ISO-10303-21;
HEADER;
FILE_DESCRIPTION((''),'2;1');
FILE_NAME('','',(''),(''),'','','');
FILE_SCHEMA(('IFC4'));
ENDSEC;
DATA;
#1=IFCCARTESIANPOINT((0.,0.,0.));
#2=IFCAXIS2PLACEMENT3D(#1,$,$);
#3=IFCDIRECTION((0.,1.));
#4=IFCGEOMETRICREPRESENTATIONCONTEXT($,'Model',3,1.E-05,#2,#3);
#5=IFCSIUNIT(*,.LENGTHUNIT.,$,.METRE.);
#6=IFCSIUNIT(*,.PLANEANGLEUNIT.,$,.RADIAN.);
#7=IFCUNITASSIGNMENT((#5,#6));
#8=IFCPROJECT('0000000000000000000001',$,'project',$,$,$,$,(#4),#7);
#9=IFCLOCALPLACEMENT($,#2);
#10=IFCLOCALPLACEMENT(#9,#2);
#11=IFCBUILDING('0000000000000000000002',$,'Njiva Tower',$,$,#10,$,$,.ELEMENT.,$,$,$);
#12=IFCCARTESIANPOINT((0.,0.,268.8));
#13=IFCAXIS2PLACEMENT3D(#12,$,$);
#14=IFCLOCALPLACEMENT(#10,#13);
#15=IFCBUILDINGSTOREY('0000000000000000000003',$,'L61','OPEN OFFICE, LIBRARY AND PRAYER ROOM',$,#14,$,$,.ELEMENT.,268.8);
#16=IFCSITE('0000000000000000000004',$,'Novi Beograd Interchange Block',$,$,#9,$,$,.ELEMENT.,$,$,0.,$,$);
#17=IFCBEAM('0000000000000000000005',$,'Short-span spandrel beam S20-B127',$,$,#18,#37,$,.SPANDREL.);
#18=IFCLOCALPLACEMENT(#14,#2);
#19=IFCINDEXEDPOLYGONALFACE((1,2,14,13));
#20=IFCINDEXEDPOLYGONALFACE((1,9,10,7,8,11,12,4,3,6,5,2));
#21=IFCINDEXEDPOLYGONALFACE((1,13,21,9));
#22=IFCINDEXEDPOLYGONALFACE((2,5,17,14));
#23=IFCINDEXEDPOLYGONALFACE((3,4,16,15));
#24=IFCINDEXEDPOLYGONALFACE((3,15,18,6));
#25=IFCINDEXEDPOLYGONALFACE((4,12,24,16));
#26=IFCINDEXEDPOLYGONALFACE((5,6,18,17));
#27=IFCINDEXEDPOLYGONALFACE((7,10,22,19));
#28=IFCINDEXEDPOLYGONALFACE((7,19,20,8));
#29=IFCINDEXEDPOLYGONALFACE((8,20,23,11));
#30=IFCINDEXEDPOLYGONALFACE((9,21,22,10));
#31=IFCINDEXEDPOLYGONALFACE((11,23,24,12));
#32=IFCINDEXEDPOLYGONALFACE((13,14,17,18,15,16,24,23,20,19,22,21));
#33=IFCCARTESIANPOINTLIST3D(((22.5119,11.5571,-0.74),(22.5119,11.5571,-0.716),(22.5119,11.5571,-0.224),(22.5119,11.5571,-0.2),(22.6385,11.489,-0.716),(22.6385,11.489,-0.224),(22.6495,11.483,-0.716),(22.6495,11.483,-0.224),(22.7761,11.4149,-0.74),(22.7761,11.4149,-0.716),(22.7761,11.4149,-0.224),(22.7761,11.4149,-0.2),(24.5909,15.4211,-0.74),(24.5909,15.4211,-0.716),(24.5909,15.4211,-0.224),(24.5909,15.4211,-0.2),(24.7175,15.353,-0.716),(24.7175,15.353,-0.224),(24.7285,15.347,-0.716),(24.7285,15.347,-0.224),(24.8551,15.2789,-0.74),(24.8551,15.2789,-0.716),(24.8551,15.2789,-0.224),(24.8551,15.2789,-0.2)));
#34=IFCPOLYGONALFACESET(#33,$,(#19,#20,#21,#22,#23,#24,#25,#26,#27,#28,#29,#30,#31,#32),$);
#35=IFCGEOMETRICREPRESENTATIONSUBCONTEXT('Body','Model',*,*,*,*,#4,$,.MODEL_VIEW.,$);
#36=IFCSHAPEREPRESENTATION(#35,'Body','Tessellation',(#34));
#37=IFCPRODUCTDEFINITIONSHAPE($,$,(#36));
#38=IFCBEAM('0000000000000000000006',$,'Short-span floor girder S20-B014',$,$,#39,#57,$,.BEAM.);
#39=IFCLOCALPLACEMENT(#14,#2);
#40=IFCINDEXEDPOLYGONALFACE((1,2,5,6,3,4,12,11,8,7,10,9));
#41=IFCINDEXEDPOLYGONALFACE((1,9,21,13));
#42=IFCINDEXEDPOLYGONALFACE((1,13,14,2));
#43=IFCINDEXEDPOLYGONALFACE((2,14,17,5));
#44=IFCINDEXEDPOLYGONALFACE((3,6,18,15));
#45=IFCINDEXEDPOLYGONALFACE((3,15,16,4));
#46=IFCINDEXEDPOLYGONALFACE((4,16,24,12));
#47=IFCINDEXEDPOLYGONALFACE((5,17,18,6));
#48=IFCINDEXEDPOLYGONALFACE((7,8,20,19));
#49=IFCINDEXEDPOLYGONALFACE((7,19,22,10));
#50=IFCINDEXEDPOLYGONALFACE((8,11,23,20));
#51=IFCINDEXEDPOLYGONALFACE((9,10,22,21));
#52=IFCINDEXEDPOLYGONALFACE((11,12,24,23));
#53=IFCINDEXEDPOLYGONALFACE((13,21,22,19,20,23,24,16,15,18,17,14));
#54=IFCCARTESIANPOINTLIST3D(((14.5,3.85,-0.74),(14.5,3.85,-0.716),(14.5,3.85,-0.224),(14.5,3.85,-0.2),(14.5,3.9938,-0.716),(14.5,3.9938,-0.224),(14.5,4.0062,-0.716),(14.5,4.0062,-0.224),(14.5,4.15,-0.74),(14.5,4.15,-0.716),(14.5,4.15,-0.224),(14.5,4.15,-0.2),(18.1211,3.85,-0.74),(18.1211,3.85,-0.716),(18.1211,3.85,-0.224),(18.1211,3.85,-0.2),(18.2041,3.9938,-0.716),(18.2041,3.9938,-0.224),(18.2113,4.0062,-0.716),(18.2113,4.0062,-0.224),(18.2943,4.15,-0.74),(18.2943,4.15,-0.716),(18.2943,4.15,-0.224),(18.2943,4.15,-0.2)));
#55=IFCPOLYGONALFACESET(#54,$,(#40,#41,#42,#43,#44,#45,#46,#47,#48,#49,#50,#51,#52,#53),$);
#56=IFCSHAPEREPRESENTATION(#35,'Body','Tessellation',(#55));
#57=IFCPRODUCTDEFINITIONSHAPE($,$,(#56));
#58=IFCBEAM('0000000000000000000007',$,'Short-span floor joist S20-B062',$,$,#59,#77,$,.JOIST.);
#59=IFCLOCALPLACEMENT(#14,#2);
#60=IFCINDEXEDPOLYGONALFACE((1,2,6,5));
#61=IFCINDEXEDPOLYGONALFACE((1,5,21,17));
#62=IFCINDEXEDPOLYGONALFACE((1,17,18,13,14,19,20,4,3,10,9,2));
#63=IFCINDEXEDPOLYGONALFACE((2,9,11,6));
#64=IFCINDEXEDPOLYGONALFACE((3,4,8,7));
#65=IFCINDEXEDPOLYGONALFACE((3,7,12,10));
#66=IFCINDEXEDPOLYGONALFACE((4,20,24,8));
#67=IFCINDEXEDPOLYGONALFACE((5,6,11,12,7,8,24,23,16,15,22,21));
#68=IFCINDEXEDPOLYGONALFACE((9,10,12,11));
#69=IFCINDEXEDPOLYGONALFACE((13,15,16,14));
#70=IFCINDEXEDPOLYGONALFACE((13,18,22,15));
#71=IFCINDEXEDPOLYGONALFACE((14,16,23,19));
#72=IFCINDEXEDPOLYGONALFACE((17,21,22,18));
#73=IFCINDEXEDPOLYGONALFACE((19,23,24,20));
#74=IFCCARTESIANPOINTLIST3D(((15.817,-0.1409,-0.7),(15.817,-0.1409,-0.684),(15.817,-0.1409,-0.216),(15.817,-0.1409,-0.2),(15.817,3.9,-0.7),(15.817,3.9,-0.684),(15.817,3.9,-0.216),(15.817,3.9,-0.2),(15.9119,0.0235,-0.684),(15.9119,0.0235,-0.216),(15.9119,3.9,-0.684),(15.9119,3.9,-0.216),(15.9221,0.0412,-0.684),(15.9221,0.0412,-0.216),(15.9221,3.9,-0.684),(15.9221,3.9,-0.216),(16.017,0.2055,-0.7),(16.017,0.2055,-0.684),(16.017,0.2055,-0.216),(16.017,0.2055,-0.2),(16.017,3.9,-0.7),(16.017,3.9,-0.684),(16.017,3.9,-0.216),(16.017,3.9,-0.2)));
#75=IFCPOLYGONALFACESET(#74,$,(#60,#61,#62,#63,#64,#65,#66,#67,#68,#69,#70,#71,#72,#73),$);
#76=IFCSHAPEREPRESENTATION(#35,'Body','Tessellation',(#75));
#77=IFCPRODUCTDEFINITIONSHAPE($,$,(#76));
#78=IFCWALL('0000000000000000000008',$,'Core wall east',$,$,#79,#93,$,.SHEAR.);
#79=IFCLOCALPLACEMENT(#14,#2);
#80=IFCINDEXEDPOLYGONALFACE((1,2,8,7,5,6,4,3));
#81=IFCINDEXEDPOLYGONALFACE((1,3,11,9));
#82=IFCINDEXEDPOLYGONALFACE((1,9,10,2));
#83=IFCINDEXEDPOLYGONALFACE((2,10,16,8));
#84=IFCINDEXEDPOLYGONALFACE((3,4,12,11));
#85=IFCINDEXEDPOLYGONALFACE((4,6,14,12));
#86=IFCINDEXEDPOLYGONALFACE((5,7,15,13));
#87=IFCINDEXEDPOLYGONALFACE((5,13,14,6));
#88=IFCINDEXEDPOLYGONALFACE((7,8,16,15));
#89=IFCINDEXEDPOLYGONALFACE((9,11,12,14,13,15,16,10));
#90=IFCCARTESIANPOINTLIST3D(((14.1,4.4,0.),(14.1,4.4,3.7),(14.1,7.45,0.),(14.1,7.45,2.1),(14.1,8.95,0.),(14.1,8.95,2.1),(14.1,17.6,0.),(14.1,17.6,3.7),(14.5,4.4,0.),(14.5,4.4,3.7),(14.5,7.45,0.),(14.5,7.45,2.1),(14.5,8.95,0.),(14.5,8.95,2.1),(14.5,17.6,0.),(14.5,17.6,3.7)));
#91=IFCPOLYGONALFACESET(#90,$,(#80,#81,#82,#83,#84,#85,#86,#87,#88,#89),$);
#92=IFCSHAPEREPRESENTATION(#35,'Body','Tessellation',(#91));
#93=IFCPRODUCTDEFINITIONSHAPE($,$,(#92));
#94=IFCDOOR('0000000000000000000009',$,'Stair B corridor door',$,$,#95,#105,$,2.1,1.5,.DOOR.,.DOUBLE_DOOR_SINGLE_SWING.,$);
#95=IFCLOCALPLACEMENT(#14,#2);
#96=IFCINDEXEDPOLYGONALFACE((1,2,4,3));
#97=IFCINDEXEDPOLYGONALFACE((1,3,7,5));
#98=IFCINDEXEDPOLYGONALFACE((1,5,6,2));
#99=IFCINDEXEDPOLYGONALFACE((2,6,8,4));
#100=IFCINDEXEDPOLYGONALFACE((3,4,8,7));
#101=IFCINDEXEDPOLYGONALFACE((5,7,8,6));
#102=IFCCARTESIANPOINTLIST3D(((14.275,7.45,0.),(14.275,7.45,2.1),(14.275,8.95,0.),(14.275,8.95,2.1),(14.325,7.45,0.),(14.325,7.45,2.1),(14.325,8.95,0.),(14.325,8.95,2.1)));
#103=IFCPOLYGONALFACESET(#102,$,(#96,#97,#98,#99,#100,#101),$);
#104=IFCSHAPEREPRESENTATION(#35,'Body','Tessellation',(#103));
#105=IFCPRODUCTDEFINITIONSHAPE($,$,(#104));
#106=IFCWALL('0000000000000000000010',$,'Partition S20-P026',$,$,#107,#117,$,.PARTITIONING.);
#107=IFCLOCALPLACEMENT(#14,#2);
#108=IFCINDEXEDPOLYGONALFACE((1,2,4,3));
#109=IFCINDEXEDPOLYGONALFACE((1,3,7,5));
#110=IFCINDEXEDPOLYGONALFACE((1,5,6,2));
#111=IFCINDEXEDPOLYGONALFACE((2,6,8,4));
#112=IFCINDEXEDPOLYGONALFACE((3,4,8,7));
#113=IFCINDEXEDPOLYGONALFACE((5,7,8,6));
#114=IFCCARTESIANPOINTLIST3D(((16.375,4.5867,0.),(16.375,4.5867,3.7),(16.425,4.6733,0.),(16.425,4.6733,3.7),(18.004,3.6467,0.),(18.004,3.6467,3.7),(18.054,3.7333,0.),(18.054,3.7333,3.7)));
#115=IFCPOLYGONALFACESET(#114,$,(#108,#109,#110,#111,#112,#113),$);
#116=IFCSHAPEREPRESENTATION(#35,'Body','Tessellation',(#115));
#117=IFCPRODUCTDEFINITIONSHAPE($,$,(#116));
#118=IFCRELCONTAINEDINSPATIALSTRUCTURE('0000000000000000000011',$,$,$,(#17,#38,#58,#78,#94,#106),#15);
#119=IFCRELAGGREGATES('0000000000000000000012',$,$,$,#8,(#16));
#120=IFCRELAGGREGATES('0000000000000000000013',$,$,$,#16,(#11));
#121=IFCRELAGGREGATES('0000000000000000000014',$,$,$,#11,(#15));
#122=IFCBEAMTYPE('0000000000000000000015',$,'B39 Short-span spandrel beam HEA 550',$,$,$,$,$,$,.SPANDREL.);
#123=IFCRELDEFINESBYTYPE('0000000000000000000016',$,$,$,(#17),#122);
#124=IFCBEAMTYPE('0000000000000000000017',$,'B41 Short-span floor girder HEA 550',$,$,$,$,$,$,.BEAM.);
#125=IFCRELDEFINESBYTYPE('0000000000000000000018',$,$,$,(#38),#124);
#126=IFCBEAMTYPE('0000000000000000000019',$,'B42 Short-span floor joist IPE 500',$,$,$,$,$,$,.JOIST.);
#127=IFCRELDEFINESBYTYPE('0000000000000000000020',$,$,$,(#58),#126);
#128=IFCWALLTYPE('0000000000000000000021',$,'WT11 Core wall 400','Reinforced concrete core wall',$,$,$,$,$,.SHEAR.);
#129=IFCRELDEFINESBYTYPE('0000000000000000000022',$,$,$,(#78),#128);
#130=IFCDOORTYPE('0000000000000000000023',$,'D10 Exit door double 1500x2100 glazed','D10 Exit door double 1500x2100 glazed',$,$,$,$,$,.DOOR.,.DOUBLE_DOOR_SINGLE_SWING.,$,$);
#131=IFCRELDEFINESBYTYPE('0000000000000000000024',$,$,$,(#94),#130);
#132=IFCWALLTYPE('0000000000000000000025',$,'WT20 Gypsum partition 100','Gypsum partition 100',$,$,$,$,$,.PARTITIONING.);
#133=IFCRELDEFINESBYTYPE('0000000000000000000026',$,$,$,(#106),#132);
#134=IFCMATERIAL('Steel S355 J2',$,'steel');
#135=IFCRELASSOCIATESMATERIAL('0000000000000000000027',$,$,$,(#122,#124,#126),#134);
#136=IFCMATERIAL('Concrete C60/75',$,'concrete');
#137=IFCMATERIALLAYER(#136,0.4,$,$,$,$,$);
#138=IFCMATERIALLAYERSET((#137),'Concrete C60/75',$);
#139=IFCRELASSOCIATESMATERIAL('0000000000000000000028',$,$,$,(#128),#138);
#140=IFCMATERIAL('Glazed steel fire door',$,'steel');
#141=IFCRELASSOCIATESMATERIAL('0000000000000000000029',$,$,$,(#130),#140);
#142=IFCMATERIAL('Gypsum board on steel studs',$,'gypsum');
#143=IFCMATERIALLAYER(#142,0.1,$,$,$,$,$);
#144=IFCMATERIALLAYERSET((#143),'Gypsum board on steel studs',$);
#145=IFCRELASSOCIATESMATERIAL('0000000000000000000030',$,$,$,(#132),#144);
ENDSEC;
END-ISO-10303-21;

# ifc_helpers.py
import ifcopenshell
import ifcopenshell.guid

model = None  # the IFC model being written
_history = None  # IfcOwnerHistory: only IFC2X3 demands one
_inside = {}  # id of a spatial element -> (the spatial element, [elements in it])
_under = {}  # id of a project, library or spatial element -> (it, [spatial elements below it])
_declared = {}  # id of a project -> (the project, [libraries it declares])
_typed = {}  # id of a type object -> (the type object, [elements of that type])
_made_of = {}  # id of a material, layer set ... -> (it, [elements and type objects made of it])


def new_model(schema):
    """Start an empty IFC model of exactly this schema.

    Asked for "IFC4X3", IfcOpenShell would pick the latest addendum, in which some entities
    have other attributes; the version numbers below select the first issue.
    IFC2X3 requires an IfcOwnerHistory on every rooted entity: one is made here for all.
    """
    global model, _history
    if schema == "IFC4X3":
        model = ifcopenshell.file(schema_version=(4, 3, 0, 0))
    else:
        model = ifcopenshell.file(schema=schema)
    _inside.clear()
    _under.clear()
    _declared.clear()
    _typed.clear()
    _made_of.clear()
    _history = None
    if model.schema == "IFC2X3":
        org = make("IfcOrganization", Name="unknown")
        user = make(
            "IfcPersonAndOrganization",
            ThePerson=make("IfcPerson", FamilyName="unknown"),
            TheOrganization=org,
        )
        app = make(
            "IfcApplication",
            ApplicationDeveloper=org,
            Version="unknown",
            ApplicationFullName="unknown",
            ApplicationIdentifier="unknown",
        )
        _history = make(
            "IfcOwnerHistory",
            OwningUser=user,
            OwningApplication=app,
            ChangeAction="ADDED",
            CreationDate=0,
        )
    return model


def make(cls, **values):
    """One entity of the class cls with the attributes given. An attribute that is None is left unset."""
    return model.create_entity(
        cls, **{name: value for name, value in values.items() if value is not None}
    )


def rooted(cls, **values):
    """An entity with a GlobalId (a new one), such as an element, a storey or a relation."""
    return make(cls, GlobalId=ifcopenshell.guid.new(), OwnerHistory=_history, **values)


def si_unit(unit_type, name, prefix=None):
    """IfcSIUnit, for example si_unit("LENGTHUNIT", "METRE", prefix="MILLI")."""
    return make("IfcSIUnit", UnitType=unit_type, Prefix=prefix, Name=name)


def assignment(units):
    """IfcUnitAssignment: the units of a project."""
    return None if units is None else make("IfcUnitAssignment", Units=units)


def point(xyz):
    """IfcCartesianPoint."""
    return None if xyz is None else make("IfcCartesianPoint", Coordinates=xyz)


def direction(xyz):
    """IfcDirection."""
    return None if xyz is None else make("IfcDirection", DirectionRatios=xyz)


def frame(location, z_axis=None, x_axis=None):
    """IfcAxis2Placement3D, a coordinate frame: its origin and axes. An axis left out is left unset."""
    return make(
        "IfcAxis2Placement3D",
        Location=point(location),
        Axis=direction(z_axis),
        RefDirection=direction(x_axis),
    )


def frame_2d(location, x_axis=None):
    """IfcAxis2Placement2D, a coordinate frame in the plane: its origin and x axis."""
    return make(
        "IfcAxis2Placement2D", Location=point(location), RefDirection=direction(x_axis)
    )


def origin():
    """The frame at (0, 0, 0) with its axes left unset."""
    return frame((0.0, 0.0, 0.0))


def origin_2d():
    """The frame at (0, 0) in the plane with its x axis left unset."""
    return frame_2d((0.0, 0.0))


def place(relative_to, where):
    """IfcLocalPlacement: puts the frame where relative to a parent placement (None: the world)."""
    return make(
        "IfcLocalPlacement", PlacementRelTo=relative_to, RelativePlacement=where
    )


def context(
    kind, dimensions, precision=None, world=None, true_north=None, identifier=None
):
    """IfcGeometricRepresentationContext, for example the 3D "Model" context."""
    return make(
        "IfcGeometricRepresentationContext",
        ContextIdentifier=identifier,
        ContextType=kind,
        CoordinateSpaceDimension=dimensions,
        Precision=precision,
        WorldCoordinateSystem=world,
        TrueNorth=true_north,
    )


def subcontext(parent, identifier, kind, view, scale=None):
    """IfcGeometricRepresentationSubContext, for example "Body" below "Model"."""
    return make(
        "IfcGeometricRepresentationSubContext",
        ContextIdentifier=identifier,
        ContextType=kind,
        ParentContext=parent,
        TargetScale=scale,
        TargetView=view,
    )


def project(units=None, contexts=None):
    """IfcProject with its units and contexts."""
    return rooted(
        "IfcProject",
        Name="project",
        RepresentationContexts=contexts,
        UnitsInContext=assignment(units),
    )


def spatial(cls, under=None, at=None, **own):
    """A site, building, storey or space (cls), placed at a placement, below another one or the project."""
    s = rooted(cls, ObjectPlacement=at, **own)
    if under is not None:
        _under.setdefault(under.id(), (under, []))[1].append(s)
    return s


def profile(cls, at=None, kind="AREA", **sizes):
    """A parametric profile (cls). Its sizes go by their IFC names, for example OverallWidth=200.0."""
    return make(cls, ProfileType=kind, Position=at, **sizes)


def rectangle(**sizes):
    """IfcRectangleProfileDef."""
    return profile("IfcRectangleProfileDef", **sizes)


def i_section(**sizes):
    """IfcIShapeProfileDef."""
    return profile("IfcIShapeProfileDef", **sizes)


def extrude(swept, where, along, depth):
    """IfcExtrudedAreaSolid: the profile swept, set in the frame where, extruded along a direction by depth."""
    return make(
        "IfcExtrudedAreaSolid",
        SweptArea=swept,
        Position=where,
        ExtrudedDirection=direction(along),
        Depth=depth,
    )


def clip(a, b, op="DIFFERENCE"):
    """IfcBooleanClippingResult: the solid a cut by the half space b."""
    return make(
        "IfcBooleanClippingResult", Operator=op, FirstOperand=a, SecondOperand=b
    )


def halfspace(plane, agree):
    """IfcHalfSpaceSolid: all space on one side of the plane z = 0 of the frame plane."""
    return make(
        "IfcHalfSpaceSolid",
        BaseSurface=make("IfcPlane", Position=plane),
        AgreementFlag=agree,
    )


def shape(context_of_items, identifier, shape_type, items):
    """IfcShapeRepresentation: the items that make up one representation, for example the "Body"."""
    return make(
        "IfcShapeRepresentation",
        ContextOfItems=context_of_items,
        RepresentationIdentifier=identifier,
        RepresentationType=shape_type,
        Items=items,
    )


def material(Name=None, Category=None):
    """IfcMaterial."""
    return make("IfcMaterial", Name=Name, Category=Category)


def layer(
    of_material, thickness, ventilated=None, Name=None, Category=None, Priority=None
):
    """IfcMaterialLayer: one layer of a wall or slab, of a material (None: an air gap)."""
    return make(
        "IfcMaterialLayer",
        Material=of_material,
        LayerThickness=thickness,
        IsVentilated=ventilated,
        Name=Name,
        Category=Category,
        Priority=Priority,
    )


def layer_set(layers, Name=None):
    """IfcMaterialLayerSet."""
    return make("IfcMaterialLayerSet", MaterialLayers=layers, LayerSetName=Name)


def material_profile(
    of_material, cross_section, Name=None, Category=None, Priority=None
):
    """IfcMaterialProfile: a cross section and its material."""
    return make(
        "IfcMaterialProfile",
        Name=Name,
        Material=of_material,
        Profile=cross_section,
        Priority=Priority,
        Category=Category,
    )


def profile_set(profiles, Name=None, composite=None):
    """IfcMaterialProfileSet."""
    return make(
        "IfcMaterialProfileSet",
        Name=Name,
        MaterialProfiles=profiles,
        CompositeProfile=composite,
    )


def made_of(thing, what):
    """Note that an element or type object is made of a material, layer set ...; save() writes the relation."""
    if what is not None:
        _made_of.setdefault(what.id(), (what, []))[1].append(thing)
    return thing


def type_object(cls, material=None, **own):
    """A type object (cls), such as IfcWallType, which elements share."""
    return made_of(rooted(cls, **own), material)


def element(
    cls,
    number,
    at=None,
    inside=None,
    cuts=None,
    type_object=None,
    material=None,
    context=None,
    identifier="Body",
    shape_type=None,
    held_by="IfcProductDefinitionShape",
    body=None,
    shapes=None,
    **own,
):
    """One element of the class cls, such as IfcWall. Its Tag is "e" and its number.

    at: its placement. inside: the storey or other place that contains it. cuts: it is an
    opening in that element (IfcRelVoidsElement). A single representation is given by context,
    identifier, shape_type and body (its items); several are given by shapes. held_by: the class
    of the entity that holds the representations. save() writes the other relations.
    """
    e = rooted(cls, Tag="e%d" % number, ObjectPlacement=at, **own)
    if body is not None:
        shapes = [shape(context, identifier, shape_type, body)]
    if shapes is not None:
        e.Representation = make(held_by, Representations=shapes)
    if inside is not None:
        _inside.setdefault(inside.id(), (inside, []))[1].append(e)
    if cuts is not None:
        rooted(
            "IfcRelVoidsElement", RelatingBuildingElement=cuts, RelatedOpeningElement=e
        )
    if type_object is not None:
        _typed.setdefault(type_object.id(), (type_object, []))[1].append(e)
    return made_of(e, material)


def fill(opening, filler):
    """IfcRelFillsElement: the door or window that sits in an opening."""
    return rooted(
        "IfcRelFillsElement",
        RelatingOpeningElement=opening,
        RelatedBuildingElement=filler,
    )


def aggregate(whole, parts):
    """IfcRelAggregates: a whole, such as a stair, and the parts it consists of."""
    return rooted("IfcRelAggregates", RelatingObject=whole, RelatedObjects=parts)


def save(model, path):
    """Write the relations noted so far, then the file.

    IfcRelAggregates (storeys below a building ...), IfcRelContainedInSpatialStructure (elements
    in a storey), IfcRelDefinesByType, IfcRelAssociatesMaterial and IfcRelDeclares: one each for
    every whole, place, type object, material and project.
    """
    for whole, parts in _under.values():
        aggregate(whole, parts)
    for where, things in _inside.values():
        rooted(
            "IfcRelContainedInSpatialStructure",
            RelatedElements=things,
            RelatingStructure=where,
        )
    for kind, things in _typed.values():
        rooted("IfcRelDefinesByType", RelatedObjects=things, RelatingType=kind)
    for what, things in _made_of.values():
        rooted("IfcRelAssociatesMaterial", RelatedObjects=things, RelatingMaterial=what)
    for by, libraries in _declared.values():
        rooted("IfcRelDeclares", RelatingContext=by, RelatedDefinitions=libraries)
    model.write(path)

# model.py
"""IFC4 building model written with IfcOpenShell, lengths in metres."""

from ifc_helpers import new_model, si_unit, direction, frame, frame_2d, origin, origin_2d, place, context, subcontext, project, spatial, rectangle, i_section, extrude, clip, halfspace, material, layer, layer_set, material_profile, profile_set, type_object, element, fill, save


model = new_model("IFC4")

# Units and contexts
model_context = context("Model", 3, precision=1e-05, world=origin(), true_north=direction((0.0, 1.0)))
body_context = subcontext(model_context, "Body", "Model", "MODEL_VIEW")
ifc_project = project(units=[si_unit("LENGTHUNIT", "METRE"), si_unit("PLANEANGLEUNIT", "RADIAN")], contexts=[model_context])

# Site, building, storey
site_placement = place(None, origin())
site = spatial("IfcSite", under=ifc_project, at=site_placement, Name="Novi Beograd Interchange Block", CompositionType="ELEMENT", RefElevation=0.0)
building_placement = place(site_placement, origin())
building = spatial("IfcBuilding", under=site, at=building_placement, Name="Njiva Tower", CompositionType="ELEMENT")
storey_placement = place(building_placement, frame((0.0, 0.0, 268.8)))
storey = spatial("IfcBuildingStorey", under=building, at=storey_placement, Name="L61", Description="OPEN OFFICE, LIBRARY AND PRAYER ROOM", CompositionType="ELEMENT", Elevation=268.8)

# Shared definitions
ifc_material_1 = material(Name="Steel S355 J2", Category="steel")

# Beams
ifc_material_profile_1 = material_profile(ifc_material_1, i_section(OverallWidth=0.3, OverallDepth=0.54, WebThickness=0.0125, FlangeThickness=0.024, at=origin_2d()), Name="HEA 550")
ifc_profile_set_1 = profile_set([ifc_material_profile_1], Name="Steel S355 J2")
beam_type_1 = type_object("IfcBeamType", Name="B39 Short-span spandrel beam HEA 550", PredefinedType="SPANDREL", material=ifc_profile_set_1)
beam_1_placement = place(storey_placement, frame((22.644, 11.486, -0.47), z_axis=(0.473814, 0.880625, 0.0), x_axis=(-0.880625, 0.473814, 0.0)))
element("IfcBeam", 1, at=beam_1_placement, inside=storey, type_object=beam_type_1, Name="Short-span spandrel beam S20-B127", PredefinedType="SPANDREL", context=body_context, shape_type="SweptSolid", body=[
    extrude(i_section(OverallWidth=0.3, OverallDepth=0.54, WebThickness=0.0125, FlangeThickness=0.024, at=origin_2d()), origin(), (0.0, 0.0, 1.0), 4.3878),
])
ifc_material_profile_2 = material_profile(ifc_material_1, i_section(OverallWidth=0.3, OverallDepth=0.54, WebThickness=0.0125, FlangeThickness=0.024, at=origin_2d()), Name="HEA 550")
ifc_profile_set_2 = profile_set([ifc_material_profile_2], Name="Steel S355 J2")
beam_type_2 = type_object("IfcBeamType", Name="B41 Short-span floor girder HEA 550", PredefinedType="BEAM", material=ifc_profile_set_2)
beam_2_placement = place(storey_placement, frame((14.5, 4.0, -0.47), z_axis=(1.0, 0.0, 0.0), x_axis=(0.0, 1.0, 0.0)))
element("IfcBeam", 2, at=beam_2_placement, inside=storey, type_object=beam_type_2, Name="Short-span floor girder S20-B014", PredefinedType="BEAM", context=body_context, shape_type="Clipping", body=[
    clip(extrude(i_section(OverallWidth=0.3, OverallDepth=0.54, WebThickness=0.0125, FlangeThickness=0.024, at=origin_2d()), origin(), (0.0, 0.0, 1.0), 3.815), halfspace(frame((-0.025, 0.0, 3.6933), z_axis=(-0.499998, 0.0, 0.866027), x_axis=(0.0, 1.0, 0.0)), False)),
])
ifc_material_profile_3 = material_profile(ifc_material_1, i_section(OverallWidth=0.2, OverallDepth=0.5, WebThickness=0.0102, FlangeThickness=0.016, at=origin_2d()), Name="IPE 500")
ifc_profile_set_3 = profile_set([ifc_material_profile_3], Name="Steel S355 J2")
beam_type_3 = type_object("IfcBeamType", Name="B42 Short-span floor joist IPE 500", PredefinedType="JOIST", material=ifc_profile_set_3)
beam_3_placement = place(storey_placement, frame((15.917, 3.9, -0.45), z_axis=(0.0, -1.0, 0.0), x_axis=(1.0, 0.0, 0.0)))
element("IfcBeam", 3, at=beam_3_placement, inside=storey, type_object=beam_type_3, Name="Short-span floor joist S20-B062", PredefinedType="JOIST", context=body_context, shape_type="Clipping", body=[
    clip(extrude(i_section(OverallWidth=0.2, OverallDepth=0.5, WebThickness=0.0102, FlangeThickness=0.016, at=origin_2d()), origin(), (0.0, 0.0, 1.0), 4.061), halfspace(frame((0.043, 0.0, 3.7932), z_axis=(0.866027, 0.0, 0.499998), x_axis=(0.0, 1.0, 0.0)), False)),
])

# Wall, opening, door
ifc_material_2 = material(Name="Concrete C60/75", Category="concrete")
ifc_layer_1 = layer(ifc_material_2, 0.4)
ifc_layer_set_1 = layer_set([ifc_layer_1], Name="Concrete C60/75")
wall_type_1 = type_object("IfcWallType", Name="WT11 Core wall 400", Description="Reinforced concrete core wall", PredefinedType="SHEAR", material=ifc_layer_set_1)
wall_1_placement = place(storey_placement, frame((14.3, 4.4, 0.0), z_axis=(0.0, 0.0, 1.0), x_axis=(0.0, 1.0, 0.0)))
wall_1 = element("IfcWall", 4, at=wall_1_placement, inside=storey, type_object=wall_type_1, Name="Core wall east", PredefinedType="SHEAR", context=body_context, shape_type="SweptSolid", body=[
    extrude(rectangle(XDim=13.2, YDim=0.4, at=frame_2d((6.6, 0.0))), origin(), (0.0, 0.0, 1.0), 3.7),
])
opening_placement = place(wall_1_placement, frame((3.05, 0.0, 0.0)))
opening = element("IfcOpeningElement", 5, at=opening_placement, cuts=wall_1, PredefinedType="OPENING", context=body_context, shape_type="SweptSolid", body=[
    extrude(rectangle(XDim=1.5, YDim=2.1, at=frame_2d((0.75, 1.05))), frame((0.0, 0.21, 0.0), z_axis=(0.0, -1.0, 0.0), x_axis=(1.0, 0.0, 0.0)), (0.0, 0.0, 1.0), 0.42),
])
ifc_material_3 = material(Name="Glazed steel fire door", Category="steel")
door_type = type_object("IfcDoorType", Name="D10 Exit door double 1500x2100 glazed", Description="D10 Exit door double 1500x2100 glazed", OperationType="DOUBLE_DOOR_SINGLE_SWING", PredefinedType="DOOR", material=ifc_material_3)
door_placement = place(opening_placement, origin())
door = element("IfcDoor", 6, at=door_placement, inside=storey, type_object=door_type, Name="Stair B corridor door", OperationType="DOUBLE_DOOR_SINGLE_SWING", OverallHeight=2.1, OverallWidth=1.5, PredefinedType="DOOR", context=body_context, shape_type="SweptSolid", body=[
    extrude(rectangle(XDim=1.5, YDim=2.1, at=frame_2d((0.75, 1.05))), frame((0.0, 0.025, 0.0), z_axis=(0.0, -1.0, 0.0), x_axis=(1.0, 0.0, 0.0)), (0.0, 0.0, 1.0), 0.05),
])
fill(opening, door)

# Wall
ifc_material_4 = material(Name="Gypsum board on steel studs", Category="gypsum")
ifc_layer_2 = layer(ifc_material_4, 0.1)
ifc_layer_set_2 = layer_set([ifc_layer_2], Name="Gypsum board on steel studs")
wall_type_2 = type_object("IfcWallType", Name="WT20 Gypsum partition 100", Description="Gypsum partition 100", PredefinedType="PARTITIONING", material=ifc_layer_set_2)
wall_2_placement = place(storey_placement, frame((16.4, 4.63, 0.0), z_axis=(0.0, 0.0, 1.0), x_axis=(0.866141, -0.499799, 0.0)))
element("IfcWall", 7, at=wall_2_placement, inside=storey, type_object=wall_type_2, Name="Partition S20-P026", PredefinedType="PARTITIONING", context=body_context, shape_type="SweptSolid", body=[
    extrude(rectangle(XDim=1.8808, YDim=0.1, at=frame_2d((0.9404, 0.0))), origin(), (0.0, 0.0, 1.0), 3.7),
])

save(model, "model.ifc")
